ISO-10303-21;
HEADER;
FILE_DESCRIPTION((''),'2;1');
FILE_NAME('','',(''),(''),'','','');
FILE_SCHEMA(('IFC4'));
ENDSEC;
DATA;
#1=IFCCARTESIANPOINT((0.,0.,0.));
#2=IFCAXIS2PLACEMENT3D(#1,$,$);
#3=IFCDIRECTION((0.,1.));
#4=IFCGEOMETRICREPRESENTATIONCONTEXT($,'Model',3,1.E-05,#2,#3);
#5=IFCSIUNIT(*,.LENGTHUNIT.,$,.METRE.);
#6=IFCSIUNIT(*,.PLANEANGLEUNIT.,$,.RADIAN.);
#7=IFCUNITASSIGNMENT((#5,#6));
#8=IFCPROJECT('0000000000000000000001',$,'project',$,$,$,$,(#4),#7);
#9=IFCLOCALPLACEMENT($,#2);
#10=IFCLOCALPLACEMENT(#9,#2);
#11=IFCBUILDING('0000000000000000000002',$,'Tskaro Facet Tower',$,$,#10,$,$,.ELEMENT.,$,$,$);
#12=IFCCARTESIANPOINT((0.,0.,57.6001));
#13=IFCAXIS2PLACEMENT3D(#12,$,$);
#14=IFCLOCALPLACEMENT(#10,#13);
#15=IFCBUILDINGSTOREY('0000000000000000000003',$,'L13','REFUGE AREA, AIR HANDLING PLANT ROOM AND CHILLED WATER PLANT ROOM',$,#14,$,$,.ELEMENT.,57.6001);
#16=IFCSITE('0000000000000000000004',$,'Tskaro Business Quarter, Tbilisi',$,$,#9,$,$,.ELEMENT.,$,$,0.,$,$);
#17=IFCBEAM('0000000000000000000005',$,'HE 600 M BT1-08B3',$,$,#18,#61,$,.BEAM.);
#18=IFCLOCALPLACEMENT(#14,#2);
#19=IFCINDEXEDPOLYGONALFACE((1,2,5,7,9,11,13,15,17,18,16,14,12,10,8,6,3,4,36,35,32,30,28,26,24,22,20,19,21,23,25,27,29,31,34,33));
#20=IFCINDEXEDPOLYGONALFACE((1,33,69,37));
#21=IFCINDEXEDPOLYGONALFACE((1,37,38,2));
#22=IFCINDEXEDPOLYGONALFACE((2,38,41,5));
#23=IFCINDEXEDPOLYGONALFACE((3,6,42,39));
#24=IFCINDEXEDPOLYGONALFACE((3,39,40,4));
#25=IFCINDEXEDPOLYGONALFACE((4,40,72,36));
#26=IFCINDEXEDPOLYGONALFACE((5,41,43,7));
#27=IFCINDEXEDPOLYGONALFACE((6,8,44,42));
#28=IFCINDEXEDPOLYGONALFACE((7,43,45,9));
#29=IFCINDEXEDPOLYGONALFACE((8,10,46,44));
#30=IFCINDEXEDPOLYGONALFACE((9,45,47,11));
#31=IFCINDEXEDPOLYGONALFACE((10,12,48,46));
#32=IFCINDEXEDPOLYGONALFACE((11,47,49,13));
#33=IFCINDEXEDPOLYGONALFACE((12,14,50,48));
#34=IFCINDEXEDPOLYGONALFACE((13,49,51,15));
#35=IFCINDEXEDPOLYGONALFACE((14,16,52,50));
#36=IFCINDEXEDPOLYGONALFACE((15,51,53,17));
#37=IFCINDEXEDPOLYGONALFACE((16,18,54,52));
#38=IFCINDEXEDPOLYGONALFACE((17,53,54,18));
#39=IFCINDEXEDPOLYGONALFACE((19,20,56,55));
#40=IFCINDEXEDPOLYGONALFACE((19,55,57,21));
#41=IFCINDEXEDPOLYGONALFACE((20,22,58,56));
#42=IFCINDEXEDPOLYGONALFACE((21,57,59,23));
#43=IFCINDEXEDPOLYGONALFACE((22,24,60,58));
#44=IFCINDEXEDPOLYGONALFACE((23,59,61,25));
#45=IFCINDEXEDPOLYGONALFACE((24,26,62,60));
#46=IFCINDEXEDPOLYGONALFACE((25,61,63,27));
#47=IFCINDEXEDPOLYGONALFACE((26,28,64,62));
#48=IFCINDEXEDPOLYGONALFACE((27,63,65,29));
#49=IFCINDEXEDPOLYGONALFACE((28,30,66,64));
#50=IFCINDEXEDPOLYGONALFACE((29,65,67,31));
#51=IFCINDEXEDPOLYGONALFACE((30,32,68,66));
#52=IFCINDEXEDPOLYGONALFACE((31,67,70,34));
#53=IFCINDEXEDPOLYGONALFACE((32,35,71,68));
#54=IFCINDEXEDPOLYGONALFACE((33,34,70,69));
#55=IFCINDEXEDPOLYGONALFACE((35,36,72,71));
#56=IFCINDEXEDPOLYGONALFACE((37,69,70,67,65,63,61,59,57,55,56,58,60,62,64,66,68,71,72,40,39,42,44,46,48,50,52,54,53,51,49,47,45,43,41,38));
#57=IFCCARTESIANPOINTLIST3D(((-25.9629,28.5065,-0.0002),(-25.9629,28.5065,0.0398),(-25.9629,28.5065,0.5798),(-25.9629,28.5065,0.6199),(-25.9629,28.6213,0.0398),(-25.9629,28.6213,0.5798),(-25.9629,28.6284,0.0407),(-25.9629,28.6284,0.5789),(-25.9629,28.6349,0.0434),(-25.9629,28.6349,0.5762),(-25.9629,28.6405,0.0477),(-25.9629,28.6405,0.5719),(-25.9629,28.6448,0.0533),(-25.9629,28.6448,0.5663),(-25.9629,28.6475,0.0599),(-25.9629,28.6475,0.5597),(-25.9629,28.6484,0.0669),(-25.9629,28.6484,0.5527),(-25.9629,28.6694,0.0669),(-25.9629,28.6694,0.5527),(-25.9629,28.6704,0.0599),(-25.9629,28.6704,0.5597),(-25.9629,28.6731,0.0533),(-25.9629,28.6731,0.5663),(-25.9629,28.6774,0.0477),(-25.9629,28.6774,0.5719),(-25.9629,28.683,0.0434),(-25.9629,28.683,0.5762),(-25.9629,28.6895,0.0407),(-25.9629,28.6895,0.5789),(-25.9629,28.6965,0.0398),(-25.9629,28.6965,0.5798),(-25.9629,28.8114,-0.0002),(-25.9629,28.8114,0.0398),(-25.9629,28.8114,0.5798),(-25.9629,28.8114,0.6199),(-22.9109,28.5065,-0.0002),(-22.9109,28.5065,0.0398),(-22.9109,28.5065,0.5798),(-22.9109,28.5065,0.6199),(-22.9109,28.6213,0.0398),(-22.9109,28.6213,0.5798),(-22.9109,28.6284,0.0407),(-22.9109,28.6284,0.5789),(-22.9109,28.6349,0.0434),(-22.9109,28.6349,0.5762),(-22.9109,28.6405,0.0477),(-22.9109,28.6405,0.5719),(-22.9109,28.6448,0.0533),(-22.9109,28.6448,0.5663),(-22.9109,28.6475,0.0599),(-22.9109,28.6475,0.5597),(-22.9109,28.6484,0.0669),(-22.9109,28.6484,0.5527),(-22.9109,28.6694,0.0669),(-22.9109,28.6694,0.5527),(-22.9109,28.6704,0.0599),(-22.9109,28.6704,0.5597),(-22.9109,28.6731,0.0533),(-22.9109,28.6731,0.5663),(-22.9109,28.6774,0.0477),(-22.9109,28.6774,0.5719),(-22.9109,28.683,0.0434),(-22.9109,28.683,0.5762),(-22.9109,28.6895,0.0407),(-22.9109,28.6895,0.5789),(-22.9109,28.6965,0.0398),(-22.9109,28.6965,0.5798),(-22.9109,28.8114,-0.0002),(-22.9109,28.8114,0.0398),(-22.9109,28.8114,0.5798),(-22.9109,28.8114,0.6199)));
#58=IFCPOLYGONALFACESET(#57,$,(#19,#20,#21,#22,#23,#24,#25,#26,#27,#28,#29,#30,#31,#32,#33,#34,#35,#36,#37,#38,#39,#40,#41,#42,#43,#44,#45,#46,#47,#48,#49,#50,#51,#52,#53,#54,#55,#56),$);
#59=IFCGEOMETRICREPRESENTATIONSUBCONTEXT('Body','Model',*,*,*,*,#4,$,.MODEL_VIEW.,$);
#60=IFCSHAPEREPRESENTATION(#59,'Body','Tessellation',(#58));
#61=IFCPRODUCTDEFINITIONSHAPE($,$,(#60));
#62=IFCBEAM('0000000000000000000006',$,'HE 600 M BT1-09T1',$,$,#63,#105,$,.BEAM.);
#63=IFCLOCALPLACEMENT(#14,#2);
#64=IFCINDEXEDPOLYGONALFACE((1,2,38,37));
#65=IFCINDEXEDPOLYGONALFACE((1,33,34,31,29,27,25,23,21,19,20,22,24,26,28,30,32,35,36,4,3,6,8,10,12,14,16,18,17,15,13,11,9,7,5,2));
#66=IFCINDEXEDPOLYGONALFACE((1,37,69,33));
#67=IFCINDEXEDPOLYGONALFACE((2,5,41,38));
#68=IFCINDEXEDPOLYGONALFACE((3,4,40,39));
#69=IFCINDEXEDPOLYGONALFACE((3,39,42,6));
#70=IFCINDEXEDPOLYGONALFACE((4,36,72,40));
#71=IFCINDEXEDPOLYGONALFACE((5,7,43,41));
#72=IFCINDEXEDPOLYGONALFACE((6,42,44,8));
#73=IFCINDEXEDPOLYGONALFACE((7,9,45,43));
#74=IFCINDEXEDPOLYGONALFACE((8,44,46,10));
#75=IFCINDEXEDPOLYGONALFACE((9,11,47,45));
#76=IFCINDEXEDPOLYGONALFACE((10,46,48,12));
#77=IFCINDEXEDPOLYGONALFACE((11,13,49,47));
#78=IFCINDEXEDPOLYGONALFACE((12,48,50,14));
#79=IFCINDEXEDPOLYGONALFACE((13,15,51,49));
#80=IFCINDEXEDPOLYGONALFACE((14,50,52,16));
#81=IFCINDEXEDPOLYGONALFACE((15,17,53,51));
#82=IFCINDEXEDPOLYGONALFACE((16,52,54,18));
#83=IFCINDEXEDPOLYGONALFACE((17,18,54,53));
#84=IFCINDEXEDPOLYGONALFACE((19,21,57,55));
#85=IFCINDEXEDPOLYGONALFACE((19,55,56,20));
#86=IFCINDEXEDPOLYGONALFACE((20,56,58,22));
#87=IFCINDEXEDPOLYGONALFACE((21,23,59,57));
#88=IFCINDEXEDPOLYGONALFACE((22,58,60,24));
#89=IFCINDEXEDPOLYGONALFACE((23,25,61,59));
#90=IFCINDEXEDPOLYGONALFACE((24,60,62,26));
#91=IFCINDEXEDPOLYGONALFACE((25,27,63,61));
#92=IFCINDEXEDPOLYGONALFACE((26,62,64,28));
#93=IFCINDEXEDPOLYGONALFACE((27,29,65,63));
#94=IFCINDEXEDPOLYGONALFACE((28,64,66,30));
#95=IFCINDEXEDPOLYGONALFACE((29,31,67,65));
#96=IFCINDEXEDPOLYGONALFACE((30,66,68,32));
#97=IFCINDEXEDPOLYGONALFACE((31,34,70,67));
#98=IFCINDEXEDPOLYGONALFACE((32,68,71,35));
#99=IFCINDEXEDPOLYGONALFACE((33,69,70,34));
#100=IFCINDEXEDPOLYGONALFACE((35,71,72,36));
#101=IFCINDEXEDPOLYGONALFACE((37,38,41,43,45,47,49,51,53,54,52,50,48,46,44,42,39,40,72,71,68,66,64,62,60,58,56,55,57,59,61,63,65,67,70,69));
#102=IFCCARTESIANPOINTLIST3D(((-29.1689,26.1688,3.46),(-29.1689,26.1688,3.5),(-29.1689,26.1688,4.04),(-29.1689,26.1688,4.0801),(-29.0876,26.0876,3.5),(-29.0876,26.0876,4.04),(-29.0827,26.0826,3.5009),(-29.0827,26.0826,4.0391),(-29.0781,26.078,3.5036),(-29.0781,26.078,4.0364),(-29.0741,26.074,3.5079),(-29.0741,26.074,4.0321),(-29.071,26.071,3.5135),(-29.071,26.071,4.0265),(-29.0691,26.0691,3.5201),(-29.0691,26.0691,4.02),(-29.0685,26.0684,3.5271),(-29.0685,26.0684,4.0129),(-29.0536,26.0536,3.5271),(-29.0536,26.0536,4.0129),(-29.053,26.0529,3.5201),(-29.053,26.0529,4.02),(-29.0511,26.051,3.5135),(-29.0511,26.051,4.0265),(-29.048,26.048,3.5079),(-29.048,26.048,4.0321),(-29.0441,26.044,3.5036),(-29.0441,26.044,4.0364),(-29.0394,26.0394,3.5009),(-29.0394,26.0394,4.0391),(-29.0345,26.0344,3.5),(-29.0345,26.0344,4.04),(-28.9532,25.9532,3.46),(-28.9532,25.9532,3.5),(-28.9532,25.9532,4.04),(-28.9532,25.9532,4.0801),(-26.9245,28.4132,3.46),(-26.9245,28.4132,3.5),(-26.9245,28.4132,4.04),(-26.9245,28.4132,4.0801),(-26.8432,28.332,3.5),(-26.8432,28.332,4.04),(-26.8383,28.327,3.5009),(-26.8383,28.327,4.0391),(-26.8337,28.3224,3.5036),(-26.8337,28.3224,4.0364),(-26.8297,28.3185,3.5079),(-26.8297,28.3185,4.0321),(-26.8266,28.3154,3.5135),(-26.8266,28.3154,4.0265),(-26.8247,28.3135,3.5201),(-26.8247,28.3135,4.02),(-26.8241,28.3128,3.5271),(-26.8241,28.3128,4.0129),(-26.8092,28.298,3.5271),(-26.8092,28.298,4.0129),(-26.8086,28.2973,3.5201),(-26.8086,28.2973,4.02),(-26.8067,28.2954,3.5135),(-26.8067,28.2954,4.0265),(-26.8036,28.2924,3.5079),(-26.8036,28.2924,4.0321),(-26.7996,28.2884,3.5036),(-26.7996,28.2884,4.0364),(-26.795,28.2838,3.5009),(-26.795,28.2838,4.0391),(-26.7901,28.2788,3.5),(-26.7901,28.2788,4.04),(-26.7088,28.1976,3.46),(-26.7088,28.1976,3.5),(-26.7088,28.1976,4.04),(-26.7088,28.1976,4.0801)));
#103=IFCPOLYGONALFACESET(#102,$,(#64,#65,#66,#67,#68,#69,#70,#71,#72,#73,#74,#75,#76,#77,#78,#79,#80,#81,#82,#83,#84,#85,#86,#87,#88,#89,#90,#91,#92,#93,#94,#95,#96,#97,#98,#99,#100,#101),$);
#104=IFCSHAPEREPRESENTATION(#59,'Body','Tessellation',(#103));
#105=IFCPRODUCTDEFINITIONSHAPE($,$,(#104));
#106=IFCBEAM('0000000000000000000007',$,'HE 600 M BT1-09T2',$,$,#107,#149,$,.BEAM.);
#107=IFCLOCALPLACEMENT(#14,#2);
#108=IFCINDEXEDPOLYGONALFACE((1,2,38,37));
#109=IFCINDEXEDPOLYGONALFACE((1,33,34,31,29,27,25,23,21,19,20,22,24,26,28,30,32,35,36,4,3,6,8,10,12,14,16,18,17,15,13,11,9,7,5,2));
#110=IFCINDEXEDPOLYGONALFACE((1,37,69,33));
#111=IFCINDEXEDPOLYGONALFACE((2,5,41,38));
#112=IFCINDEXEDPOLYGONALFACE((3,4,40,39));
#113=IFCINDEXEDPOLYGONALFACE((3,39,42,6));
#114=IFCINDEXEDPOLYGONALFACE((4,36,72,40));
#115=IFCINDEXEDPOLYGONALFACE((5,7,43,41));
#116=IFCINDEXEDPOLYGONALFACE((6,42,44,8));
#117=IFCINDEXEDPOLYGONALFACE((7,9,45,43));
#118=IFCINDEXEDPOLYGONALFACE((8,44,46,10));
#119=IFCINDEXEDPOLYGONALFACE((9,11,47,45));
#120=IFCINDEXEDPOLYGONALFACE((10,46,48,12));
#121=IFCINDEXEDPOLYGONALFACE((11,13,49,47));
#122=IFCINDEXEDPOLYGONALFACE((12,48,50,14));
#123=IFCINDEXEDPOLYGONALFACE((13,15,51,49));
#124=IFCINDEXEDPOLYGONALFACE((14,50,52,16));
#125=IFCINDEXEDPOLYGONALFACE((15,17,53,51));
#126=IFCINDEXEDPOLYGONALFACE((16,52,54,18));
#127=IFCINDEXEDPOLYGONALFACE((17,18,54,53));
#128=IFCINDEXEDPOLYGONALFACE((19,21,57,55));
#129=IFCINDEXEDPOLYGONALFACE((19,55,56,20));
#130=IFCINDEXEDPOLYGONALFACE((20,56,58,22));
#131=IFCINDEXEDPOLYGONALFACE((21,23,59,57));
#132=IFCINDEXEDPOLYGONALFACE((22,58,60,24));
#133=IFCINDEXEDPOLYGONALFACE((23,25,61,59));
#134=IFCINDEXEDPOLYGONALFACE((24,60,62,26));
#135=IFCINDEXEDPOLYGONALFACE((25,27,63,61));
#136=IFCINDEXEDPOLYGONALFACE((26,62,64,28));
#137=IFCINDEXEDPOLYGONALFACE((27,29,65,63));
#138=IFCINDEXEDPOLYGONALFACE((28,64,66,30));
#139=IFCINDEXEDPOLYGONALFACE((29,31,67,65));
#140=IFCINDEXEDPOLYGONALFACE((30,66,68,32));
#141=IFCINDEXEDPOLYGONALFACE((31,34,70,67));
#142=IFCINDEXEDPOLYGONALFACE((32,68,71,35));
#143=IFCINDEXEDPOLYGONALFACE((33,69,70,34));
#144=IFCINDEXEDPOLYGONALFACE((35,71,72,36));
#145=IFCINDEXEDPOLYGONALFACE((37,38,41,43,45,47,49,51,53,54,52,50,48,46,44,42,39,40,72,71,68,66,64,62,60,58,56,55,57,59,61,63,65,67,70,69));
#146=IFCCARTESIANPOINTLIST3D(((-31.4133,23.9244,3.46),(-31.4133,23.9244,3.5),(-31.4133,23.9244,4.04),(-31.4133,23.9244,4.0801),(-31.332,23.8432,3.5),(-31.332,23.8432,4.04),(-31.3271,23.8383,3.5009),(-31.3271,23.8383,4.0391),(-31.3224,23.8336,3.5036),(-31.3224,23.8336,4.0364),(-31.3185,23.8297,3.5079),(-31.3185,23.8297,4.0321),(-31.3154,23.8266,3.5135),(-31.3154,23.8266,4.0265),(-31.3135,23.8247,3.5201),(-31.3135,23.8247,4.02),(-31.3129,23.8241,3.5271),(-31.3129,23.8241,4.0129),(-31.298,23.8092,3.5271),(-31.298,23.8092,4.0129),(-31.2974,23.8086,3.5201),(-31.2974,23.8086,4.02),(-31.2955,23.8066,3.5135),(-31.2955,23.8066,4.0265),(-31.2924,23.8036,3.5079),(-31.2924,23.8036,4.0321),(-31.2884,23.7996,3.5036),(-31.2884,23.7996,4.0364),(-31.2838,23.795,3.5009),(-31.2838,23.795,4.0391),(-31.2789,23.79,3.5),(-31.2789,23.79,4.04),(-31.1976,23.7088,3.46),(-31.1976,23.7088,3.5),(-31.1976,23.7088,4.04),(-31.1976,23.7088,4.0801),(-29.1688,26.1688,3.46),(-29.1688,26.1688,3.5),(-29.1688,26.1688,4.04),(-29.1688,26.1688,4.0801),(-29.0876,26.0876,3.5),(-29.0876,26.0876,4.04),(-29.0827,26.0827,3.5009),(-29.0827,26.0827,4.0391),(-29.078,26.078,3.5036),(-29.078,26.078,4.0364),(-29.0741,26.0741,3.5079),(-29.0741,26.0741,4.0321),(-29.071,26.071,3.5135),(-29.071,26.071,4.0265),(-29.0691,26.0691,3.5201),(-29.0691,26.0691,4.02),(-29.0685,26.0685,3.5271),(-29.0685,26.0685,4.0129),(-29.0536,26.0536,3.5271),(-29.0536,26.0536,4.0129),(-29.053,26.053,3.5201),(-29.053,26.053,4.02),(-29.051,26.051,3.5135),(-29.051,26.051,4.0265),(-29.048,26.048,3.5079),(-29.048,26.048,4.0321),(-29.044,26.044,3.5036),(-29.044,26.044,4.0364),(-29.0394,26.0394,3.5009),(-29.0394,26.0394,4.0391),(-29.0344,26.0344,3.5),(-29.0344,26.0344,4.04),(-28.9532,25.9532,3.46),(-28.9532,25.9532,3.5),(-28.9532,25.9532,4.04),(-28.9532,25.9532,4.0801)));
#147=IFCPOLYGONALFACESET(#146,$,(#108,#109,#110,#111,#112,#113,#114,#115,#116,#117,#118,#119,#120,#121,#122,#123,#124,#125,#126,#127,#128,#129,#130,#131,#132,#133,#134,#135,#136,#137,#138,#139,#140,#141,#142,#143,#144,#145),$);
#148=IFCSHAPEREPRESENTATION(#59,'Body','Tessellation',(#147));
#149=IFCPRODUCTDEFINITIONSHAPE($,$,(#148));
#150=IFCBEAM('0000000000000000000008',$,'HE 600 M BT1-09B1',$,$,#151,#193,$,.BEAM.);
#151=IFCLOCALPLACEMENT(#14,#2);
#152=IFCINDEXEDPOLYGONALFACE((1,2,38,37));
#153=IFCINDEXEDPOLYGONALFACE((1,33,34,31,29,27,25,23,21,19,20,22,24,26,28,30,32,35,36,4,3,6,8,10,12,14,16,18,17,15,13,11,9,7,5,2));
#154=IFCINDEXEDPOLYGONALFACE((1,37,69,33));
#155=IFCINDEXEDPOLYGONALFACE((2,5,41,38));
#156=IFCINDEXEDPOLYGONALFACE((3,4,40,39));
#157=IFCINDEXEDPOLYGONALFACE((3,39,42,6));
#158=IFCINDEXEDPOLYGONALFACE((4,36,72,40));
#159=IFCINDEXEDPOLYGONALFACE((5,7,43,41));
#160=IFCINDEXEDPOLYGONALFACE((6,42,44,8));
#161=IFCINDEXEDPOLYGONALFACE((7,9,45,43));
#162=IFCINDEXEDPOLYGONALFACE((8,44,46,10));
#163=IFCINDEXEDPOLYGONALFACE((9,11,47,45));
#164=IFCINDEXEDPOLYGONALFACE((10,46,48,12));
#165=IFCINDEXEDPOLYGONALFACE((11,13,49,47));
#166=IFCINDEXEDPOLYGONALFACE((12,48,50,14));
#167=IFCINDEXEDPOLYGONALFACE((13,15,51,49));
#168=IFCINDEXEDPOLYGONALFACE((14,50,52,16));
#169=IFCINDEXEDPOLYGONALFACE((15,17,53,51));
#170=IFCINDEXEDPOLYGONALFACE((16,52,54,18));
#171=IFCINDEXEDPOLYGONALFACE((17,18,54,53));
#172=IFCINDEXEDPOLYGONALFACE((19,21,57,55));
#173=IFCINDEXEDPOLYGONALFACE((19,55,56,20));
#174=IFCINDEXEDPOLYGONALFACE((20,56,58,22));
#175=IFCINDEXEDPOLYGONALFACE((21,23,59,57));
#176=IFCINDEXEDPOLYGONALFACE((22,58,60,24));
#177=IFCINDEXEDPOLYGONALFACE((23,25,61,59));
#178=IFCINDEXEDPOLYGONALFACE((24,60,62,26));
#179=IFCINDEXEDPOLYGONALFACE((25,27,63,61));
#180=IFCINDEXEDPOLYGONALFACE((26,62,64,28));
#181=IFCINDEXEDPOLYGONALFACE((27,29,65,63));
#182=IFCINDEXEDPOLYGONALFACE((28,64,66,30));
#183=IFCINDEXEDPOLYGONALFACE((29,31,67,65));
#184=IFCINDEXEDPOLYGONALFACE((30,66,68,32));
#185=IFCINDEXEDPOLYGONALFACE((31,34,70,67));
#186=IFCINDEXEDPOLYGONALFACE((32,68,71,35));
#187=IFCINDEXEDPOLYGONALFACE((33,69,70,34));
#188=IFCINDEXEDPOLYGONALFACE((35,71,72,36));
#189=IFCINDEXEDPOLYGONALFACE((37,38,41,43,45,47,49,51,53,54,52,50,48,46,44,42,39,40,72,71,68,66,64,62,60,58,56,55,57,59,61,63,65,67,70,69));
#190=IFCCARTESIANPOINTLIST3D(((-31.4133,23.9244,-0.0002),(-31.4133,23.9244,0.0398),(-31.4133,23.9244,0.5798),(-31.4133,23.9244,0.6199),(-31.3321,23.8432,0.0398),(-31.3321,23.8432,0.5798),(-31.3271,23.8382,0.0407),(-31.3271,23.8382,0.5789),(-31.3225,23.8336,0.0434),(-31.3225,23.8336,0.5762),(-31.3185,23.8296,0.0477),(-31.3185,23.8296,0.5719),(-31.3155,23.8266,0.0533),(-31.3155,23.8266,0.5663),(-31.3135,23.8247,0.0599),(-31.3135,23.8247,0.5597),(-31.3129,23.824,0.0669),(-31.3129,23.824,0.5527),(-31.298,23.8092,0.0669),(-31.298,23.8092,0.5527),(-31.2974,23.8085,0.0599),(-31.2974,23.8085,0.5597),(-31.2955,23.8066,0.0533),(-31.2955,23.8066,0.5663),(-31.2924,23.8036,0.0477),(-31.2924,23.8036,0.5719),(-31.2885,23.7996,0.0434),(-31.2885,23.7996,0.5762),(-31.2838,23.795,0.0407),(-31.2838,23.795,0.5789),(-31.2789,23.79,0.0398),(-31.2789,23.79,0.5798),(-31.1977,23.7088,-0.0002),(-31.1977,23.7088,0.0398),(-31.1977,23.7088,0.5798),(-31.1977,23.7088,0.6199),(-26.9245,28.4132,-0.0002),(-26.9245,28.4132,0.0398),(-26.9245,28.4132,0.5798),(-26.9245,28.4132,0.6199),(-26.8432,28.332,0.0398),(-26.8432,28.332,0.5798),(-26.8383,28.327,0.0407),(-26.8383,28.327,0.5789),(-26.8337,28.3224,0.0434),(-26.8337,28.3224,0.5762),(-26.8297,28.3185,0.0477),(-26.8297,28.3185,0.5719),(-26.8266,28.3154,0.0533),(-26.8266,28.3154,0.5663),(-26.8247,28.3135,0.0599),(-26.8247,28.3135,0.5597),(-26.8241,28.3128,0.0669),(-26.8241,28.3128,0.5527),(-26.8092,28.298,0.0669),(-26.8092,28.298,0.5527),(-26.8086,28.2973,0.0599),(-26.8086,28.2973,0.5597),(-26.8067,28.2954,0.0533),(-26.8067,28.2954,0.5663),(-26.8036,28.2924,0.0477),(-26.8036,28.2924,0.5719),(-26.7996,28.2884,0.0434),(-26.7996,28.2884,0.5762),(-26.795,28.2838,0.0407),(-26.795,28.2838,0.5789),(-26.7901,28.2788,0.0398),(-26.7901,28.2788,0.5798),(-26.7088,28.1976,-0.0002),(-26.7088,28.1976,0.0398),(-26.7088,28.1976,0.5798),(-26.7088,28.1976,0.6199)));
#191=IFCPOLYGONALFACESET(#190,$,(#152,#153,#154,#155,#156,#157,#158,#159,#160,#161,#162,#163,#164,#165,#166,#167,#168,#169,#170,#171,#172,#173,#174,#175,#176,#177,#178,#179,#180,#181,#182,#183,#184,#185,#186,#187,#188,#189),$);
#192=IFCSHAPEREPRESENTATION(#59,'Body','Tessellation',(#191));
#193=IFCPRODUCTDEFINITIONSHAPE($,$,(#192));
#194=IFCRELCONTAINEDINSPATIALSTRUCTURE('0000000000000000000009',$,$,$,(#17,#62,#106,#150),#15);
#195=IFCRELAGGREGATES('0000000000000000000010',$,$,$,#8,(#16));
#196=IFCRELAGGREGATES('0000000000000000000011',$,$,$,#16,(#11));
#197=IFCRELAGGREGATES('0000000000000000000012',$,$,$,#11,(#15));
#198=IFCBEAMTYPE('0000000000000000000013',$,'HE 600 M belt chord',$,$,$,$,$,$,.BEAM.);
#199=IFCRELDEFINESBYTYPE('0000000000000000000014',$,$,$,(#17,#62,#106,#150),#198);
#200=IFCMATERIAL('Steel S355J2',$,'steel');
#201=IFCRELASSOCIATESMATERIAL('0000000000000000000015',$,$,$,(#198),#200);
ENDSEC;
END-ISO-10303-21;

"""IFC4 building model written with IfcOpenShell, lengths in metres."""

from ifc_helpers import new_model, si_unit, direction, frame, origin, origin_2d, place, context, subcontext, project, spatial, i_section, extrude, material, material_profile, profile_set, type_object, element, save


model = new_model("IFC4")

# Units and contexts
model_context = context("Model", 3, precision=1e-05, world=origin(), true_north=direction((0.0, 1.0)))
body_context = subcontext(model_context, "Body", "Model", "MODEL_VIEW")
ifc_project = project(units=[si_unit("LENGTHUNIT", "METRE"), si_unit("PLANEANGLEUNIT", "RADIAN")], contexts=[model_context])

# Site, building, storey
site_placement = place(None, origin())
site = spatial("IfcSite", under=ifc_project, at=site_placement, Name="Tskaro Business Quarter, Tbilisi", CompositionType="ELEMENT", RefElevation=0.0)
building_placement = place(site_placement, origin())
building = spatial("IfcBuilding", under=site, at=building_placement, Name="Tskaro Facet Tower", CompositionType="ELEMENT")
storey_placement = place(building_placement, frame((0.0, 0.0, 57.6001)))
storey = spatial("IfcBuildingStorey", under=building, at=storey_placement, Name="L13", Description="REFUGE AREA, AIR HANDLING PLANT ROOM AND CHILLED WATER PLANT ROOM", CompositionType="ELEMENT", Elevation=57.6001)

# Shared definitions
ifc_material_1 = material(Name="Steel S355J2", Category="steel")

# Beams
ifc_material_profile_1 = material_profile(ifc_material_1, i_section(OverallWidth=0.3049, OverallDepth=0.6201, WebThickness=0.021, FlangeThickness=0.04, FilletRadius=0.0271, at=origin_2d()), Name="HE 600 M")
ifc_profile_set_1 = profile_set([ifc_material_profile_1], Name="Steel S355J2")
beam_type_1 = type_object("IfcBeamType", Name="HE 600 M belt chord", PredefinedType="BEAM", material=ifc_profile_set_1)
beam_1_placement = place(storey_placement, frame((-22.9109, 28.6589, 0.3098), z_axis=(-1.0, 0.0, 0.0), x_axis=(0.0, -1.0, 0.0)))
element("IfcBeam", 1, at=beam_1_placement, inside=storey, type_object=beam_type_1, Name="HE 600 M BT1-08B3", PredefinedType="BEAM", context=body_context, shape_type="SweptSolid", body=[
    extrude(i_section(OverallWidth=0.3049, OverallDepth=0.6201, WebThickness=0.021, FlangeThickness=0.04, FilletRadius=0.0271, at=origin_2d()), origin(), (0.0, 0.0, 1.0), 3.052),
])
for number, where, z_axis, x_axis, name in (
    (2, (-26.8167, 28.3054, 3.77), (-0.707107, -0.707107, 0.0), (0.707107, -0.707107, 0.0), "HE 600 M BT1-09T1"),
    (3, (-29.061, 26.061, 3.77), (-0.707107, -0.707107, 0.0), (0.707107, -0.707107, 0.0), "HE 600 M BT1-09T2"),
):
    element("IfcBeam", number, at=place(storey_placement, frame(where, z_axis=z_axis, x_axis=x_axis)), inside=storey, type_object=beam_type_1, Name=name, PredefinedType="BEAM", context=body_context, shape_type="SweptSolid", body=[
        extrude(i_section(OverallWidth=0.3049, OverallDepth=0.6201, WebThickness=0.021, FlangeThickness=0.04, FilletRadius=0.0271, at=origin_2d()), origin(), (0.0, 0.0, 1.0), 3.1741),
    ])
beam_2_placement = place(storey_placement, frame((-26.8167, 28.3054, 0.3098), z_axis=(-0.707107, -0.707107, 0.0), x_axis=(0.707107, -0.707107, 0.0)))
element("IfcBeam", 4, at=beam_2_placement, inside=storey, type_object=beam_type_1, Name="HE 600 M BT1-09B1", PredefinedType="BEAM", context=body_context, shape_type="SweptSolid", body=[
    extrude(i_section(OverallWidth=0.3049, OverallDepth=0.6201, WebThickness=0.021, FlangeThickness=0.04, FilletRadius=0.0271, at=origin_2d()), origin(), (0.0, 0.0, 1.0), 6.3481),
])

save(model, "model.ifc")
